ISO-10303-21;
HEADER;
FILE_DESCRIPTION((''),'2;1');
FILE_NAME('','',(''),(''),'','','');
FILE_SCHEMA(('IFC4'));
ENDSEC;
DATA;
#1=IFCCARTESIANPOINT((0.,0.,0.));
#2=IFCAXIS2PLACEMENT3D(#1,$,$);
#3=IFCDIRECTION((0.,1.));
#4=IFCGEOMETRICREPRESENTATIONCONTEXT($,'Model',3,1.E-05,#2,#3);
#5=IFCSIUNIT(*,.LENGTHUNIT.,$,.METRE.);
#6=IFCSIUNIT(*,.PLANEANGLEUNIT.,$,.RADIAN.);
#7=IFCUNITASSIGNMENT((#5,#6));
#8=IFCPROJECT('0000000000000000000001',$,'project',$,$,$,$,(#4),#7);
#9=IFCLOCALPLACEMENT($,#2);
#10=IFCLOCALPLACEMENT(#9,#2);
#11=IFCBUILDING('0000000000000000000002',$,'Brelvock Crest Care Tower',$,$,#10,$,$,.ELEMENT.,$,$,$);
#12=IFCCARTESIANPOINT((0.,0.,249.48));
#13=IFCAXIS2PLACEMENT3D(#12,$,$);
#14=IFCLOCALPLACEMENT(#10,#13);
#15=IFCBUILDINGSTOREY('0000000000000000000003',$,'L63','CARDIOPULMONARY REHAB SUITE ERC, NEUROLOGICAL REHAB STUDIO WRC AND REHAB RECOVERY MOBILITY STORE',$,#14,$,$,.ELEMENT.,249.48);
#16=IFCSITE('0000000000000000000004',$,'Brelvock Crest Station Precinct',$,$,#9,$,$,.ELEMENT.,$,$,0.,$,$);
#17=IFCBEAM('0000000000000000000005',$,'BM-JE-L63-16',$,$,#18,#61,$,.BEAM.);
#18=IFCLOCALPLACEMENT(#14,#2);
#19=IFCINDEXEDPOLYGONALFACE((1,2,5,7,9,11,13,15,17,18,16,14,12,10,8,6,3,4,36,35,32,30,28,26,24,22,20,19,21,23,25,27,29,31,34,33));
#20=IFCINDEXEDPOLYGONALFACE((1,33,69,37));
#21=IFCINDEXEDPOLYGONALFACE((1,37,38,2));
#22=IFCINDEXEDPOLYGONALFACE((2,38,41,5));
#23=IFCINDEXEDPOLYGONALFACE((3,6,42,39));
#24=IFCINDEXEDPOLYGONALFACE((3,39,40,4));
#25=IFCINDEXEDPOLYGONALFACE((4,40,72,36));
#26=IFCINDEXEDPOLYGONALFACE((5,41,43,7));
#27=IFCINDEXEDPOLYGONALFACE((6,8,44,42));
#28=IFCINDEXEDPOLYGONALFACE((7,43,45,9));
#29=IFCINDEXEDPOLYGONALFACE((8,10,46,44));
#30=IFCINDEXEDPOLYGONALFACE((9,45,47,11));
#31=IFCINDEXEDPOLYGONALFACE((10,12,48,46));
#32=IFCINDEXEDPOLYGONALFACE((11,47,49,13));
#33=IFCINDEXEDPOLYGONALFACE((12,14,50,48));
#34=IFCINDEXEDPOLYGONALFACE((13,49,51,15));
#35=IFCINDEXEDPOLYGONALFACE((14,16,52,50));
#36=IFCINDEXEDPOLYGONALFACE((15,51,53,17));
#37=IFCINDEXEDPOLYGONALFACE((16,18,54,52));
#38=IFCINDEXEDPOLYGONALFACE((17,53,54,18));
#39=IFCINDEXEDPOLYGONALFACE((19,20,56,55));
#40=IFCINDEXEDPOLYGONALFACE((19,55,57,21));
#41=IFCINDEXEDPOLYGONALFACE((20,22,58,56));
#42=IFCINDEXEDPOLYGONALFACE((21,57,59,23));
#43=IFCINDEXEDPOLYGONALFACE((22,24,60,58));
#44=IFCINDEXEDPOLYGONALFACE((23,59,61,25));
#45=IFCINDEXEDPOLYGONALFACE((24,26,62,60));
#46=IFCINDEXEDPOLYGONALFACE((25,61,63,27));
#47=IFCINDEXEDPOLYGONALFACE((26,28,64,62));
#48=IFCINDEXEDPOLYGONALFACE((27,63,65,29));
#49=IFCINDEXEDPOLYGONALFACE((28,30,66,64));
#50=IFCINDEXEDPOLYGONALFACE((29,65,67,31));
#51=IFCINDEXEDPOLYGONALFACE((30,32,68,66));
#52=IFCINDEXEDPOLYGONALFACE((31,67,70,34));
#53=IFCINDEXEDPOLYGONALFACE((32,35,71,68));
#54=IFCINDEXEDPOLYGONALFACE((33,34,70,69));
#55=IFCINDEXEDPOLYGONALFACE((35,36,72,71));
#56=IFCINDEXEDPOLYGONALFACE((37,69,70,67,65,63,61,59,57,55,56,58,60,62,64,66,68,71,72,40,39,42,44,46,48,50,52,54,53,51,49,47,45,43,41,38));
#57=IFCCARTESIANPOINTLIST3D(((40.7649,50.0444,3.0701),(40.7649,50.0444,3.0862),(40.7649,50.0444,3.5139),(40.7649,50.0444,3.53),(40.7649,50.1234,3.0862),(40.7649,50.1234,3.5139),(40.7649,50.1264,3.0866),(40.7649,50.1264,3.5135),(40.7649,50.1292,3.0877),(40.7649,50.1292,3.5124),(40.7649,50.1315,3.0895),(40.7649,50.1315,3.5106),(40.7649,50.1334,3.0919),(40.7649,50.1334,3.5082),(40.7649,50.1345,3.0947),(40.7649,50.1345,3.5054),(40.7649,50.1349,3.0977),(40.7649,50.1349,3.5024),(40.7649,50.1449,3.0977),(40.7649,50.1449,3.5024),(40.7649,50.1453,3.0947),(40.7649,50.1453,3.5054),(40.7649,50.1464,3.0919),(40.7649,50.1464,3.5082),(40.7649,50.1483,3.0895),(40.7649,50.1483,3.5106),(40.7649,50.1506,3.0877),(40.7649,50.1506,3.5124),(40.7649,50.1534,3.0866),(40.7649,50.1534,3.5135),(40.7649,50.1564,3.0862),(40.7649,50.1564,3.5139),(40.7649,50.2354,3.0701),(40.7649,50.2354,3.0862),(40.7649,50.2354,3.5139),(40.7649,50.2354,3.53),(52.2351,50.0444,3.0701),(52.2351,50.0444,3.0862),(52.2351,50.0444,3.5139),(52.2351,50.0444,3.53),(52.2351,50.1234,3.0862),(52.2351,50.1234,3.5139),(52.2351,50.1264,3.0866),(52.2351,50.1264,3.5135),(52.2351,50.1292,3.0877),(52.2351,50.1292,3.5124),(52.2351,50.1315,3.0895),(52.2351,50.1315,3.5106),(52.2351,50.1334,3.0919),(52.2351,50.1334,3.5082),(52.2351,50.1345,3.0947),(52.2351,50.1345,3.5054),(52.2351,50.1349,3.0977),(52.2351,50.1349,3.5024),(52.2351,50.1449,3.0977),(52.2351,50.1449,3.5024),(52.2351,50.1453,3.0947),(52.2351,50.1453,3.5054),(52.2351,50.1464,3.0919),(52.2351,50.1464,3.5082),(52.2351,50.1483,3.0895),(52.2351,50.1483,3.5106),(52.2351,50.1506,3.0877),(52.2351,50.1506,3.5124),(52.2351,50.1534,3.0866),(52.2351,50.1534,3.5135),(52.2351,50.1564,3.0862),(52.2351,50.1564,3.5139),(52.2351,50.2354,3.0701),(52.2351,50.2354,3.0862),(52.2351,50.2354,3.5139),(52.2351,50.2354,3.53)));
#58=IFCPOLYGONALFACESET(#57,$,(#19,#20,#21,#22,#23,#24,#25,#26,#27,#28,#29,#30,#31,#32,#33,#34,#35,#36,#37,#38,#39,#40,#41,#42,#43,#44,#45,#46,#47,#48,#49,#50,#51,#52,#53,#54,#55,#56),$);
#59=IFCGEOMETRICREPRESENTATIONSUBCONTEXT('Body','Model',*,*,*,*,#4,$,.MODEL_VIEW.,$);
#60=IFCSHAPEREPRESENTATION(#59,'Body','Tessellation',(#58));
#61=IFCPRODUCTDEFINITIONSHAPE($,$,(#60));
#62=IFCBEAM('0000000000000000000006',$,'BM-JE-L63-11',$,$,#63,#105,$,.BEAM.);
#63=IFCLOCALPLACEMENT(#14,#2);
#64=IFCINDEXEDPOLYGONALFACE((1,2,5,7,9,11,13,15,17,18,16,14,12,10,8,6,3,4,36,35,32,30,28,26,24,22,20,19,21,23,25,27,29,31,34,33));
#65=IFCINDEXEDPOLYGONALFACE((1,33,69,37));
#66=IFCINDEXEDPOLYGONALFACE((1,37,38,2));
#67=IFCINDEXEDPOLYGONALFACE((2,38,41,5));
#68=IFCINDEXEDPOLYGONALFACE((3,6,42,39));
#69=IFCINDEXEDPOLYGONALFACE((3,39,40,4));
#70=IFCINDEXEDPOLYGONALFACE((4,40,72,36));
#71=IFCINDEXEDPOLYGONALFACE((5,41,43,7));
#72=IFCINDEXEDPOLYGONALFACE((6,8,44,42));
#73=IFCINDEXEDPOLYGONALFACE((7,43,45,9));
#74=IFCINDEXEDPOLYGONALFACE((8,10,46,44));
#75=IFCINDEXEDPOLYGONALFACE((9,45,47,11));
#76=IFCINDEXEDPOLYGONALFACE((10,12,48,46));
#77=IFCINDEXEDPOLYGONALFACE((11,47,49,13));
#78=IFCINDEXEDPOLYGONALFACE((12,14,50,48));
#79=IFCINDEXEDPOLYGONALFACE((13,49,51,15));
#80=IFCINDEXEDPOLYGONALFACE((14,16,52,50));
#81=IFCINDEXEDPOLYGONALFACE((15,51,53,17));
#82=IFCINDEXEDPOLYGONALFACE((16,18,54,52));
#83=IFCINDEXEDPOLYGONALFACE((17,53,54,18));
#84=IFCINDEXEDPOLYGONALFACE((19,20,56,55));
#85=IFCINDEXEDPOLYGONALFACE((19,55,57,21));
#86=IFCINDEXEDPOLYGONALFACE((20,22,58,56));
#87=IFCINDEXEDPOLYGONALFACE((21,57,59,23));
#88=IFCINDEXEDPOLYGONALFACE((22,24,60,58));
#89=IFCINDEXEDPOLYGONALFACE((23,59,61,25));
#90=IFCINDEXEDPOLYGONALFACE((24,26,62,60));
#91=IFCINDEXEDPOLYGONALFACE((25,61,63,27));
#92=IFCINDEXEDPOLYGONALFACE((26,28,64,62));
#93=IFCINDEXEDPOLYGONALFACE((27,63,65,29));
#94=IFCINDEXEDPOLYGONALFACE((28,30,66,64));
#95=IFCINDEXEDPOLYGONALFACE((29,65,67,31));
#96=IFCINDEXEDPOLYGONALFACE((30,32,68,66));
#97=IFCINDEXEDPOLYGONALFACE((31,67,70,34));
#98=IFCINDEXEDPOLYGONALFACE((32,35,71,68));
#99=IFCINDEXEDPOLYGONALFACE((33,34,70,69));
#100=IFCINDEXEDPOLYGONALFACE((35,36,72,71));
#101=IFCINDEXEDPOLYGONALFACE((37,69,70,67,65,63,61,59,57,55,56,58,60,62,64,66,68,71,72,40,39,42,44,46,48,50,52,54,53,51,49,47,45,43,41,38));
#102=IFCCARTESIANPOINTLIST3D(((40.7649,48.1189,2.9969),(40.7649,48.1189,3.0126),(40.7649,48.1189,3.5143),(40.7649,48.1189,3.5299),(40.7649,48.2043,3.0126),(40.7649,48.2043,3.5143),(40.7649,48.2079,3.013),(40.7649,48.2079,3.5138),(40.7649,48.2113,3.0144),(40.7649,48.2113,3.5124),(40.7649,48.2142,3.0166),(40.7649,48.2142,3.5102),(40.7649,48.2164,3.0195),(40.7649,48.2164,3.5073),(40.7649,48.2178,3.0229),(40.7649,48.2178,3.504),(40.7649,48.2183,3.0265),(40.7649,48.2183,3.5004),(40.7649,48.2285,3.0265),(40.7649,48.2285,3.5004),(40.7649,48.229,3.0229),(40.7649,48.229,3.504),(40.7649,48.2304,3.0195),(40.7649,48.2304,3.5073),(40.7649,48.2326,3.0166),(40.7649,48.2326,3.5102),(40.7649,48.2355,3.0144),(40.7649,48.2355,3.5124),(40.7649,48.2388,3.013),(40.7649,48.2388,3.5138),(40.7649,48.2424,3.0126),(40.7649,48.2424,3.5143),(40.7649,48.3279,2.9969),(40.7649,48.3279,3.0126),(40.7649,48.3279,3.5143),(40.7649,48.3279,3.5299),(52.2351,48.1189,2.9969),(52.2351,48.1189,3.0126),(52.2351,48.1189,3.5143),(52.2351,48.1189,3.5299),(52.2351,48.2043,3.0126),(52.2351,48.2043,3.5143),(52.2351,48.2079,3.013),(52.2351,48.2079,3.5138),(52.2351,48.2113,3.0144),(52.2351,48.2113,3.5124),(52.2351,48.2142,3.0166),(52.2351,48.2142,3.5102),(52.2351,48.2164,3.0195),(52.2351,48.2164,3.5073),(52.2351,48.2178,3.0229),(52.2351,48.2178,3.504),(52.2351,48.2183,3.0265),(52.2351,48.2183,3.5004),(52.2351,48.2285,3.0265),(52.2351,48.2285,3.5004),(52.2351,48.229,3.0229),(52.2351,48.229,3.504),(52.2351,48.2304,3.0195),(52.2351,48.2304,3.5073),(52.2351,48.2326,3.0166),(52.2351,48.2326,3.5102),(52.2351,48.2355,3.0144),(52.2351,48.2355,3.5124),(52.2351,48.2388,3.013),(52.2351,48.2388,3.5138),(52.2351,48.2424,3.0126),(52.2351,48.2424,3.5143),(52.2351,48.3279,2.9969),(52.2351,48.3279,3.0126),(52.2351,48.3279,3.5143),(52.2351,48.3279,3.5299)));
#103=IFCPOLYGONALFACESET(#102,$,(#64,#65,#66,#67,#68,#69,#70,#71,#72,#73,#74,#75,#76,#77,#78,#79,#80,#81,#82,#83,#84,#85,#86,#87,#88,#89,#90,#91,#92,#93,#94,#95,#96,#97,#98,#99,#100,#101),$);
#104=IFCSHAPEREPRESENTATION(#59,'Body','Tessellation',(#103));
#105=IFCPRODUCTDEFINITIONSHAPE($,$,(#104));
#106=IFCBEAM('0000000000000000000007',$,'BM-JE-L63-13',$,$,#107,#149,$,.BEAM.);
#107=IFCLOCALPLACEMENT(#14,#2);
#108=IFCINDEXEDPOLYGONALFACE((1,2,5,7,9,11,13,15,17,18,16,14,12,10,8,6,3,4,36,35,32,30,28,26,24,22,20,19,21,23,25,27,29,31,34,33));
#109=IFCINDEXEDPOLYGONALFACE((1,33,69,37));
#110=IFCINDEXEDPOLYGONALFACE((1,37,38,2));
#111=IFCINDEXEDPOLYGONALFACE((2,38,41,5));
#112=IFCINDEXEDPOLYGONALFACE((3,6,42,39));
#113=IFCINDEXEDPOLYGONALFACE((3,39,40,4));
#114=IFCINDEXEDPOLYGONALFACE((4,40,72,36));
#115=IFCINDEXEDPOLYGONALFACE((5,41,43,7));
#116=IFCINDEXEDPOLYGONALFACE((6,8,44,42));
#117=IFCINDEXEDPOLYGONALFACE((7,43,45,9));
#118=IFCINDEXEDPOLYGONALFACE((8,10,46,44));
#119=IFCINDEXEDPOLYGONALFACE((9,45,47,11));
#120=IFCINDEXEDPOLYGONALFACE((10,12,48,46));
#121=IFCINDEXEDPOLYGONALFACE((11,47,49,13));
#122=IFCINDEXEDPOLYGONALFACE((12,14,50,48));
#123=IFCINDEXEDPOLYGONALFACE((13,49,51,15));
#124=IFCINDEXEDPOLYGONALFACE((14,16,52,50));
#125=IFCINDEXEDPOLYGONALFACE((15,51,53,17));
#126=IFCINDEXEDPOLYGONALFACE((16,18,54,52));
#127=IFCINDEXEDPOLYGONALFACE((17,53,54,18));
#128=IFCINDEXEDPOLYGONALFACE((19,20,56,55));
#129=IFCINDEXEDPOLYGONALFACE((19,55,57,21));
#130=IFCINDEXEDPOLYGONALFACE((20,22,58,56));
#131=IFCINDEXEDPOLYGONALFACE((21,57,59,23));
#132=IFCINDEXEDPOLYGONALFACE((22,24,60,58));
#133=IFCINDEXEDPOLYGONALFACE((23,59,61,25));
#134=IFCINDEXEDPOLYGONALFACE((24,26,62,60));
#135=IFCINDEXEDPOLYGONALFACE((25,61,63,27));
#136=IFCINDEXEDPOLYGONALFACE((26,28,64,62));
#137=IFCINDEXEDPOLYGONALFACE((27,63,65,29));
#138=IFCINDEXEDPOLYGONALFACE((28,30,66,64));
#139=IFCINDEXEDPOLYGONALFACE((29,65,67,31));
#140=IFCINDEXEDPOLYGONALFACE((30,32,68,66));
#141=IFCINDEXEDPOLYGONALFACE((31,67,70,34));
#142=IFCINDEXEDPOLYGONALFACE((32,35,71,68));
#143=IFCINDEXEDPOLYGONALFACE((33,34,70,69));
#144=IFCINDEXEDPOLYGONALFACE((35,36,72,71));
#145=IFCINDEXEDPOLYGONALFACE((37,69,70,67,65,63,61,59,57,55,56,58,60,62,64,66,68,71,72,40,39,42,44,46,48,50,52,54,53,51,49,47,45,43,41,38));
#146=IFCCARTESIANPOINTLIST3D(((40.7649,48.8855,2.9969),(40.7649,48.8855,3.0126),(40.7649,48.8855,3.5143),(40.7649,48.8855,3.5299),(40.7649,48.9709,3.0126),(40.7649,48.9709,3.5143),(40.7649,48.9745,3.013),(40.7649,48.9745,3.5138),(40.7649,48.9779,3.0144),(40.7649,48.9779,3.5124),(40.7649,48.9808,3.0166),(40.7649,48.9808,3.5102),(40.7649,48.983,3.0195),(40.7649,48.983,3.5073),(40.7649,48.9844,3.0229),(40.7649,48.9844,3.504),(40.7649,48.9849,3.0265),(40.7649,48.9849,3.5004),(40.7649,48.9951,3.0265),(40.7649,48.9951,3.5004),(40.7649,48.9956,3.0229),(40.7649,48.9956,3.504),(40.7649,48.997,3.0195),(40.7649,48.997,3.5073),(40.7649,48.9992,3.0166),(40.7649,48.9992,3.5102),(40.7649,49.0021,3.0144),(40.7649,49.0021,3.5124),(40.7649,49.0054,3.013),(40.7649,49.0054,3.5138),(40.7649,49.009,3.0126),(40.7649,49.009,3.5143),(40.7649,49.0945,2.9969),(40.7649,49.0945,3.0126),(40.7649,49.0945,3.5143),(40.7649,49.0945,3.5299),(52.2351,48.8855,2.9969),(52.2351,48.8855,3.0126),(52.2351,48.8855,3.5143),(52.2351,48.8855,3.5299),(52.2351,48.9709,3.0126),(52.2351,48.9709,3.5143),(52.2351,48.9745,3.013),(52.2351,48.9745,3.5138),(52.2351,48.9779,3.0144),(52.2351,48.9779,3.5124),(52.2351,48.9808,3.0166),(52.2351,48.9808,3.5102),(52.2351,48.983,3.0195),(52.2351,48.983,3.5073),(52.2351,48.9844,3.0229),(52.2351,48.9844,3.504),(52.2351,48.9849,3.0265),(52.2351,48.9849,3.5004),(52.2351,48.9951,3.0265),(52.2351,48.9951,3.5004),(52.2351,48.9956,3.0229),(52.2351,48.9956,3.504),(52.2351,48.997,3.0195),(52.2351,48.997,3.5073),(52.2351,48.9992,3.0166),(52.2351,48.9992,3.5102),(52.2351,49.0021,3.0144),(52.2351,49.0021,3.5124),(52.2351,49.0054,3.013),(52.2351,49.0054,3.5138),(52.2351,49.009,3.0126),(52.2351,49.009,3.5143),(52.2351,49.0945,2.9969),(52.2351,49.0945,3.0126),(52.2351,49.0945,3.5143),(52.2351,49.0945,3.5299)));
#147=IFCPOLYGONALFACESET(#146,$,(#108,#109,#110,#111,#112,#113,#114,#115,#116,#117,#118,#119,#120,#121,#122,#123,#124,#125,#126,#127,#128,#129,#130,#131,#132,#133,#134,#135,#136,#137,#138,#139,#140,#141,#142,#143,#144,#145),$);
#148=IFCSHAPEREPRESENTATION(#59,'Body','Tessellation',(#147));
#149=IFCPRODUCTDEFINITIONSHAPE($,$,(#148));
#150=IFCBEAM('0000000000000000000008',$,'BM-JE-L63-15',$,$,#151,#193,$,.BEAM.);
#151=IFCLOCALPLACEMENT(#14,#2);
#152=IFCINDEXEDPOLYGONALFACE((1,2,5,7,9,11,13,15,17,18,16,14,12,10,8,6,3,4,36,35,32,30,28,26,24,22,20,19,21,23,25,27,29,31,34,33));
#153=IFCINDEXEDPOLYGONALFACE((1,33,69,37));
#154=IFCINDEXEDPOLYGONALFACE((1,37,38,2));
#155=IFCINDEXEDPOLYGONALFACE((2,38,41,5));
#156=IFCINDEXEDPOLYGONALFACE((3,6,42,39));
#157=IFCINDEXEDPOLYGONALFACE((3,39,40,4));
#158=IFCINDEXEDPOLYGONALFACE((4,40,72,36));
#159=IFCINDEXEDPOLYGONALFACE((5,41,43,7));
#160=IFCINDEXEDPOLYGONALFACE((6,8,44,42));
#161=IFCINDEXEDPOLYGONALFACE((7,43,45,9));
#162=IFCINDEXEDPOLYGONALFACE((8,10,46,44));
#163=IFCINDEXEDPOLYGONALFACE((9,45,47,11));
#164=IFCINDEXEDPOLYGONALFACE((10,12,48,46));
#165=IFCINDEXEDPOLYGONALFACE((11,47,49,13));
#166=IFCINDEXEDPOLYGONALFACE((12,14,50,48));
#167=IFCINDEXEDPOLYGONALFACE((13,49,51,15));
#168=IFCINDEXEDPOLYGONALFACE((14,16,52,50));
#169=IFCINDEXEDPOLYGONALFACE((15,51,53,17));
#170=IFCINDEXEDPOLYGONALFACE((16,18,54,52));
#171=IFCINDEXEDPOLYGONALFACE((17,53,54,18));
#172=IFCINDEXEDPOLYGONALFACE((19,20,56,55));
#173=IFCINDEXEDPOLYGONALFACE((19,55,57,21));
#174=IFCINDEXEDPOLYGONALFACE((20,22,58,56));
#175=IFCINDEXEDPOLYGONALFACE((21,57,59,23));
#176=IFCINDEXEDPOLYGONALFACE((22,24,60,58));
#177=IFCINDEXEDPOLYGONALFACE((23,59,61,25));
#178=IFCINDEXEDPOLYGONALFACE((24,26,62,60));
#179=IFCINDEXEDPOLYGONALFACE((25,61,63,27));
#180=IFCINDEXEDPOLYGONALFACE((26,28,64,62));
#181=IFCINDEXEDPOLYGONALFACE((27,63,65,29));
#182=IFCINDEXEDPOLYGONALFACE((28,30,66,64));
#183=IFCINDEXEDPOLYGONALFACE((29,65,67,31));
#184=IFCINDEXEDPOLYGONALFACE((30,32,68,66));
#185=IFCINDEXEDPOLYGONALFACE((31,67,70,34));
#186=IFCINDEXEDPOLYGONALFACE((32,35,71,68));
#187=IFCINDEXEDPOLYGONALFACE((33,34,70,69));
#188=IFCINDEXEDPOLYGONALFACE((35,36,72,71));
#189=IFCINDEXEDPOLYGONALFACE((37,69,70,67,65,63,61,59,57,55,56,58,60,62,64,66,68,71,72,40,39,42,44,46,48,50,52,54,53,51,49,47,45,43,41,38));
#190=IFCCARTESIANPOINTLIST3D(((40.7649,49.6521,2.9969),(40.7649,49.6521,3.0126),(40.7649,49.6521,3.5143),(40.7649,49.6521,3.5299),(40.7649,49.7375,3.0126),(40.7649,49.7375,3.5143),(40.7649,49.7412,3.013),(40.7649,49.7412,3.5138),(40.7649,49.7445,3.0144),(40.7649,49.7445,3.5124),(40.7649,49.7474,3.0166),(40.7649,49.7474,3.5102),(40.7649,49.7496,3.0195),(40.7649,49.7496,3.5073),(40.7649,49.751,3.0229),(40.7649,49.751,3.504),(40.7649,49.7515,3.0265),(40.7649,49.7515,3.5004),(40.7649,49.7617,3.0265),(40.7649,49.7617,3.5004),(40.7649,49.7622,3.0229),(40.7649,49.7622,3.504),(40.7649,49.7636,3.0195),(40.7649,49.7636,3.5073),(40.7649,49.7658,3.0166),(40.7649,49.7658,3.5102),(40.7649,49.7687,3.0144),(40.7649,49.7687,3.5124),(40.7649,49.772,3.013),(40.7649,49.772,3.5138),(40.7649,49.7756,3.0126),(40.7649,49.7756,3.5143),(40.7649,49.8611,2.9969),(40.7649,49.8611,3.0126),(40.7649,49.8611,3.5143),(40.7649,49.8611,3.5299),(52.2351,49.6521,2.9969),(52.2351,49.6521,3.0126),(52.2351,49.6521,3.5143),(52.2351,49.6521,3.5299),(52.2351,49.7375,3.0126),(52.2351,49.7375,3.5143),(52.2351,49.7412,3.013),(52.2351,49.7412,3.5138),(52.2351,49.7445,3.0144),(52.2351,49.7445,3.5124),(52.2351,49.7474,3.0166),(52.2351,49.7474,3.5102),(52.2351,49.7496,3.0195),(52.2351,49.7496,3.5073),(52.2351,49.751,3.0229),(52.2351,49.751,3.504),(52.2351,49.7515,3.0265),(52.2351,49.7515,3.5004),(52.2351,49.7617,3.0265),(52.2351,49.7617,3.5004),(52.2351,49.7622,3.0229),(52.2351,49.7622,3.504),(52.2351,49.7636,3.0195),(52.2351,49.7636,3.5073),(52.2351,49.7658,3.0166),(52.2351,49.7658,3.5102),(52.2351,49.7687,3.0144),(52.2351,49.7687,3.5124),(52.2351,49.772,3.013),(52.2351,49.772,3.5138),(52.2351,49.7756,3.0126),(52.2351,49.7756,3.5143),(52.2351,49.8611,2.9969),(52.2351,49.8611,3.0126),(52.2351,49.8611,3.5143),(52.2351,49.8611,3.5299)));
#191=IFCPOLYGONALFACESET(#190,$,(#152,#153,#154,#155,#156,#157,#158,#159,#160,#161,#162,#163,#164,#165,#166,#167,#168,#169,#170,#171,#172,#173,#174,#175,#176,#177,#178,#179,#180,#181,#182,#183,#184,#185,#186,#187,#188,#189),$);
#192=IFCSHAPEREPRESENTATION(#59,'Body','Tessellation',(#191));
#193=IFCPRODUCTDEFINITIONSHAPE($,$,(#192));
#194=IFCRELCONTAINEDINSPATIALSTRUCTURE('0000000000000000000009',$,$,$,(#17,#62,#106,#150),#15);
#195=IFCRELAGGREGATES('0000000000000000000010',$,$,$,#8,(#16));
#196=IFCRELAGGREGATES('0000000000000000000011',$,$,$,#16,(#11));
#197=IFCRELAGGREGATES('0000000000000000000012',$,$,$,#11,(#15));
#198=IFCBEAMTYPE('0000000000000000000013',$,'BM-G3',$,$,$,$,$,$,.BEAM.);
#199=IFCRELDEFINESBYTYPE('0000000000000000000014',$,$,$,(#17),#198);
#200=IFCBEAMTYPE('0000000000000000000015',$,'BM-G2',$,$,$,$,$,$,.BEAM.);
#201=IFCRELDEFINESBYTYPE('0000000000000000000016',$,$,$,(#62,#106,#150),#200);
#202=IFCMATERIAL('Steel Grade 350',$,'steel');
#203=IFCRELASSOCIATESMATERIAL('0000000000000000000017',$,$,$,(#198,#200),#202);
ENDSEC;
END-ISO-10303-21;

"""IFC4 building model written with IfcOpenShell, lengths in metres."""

from ifc_helpers import new_model, si_unit, direction, frame, origin, origin_2d, place, context, subcontext, project, spatial, i_section, extrude, source, transform, mapped, material, material_profile, profile_set, type_object, element, save


model = new_model("IFC4")

# Units and contexts
model_context = context("Model", 3, precision=1e-05, world=origin(), true_north=direction((0.0, 1.0)))
body_context = subcontext(model_context, "Body", "Model", "MODEL_VIEW")
ifc_project = project(units=[si_unit("LENGTHUNIT", "METRE"), si_unit("PLANEANGLEUNIT", "RADIAN")], contexts=[model_context])

# Site, building, storey
site_placement = place(None, origin())
site = spatial("IfcSite", under=ifc_project, at=site_placement, Name="Brelvock Crest Station Precinct", CompositionType="ELEMENT", RefElevation=0.0)
building_placement = place(site_placement, origin())
building = spatial("IfcBuilding", under=site, at=building_placement, Name="Brelvock Crest Care Tower", CompositionType="ELEMENT")
storey_placement = place(building_placement, frame((0.0, 0.0, 249.48)))
storey = spatial("IfcBuildingStorey", under=building, at=storey_placement, Name="L63", Description="CARDIOPULMONARY REHAB SUITE ERC, NEUROLOGICAL REHAB STUDIO WRC AND REHAB RECOVERY MOBILITY STORE", CompositionType="ELEMENT", Elevation=249.48)

# Beams
ifc_material_1 = material(Name="Steel Grade 350", Category="steel")
ifc_material_profile_1 = material_profile(ifc_material_1, i_section(OverallWidth=0.1909, OverallDepth=0.46, WebThickness=0.01, FlangeThickness=0.0161, FilletRadius=0.0115, at=origin_2d()), Name="460UB82.1")
ifc_profile_set_1 = profile_set([ifc_material_profile_1], Name="Steel Grade 350")
beam_type_1 = type_object("IfcBeamType", Name="BM-G3", PredefinedType="BEAM", material=ifc_profile_set_1)
shared_shape_1 = source(origin(), body_context, "Body", "SweptSolid", [
    extrude(i_section(OverallWidth=0.1909, OverallDepth=0.46, WebThickness=0.01, FlangeThickness=0.0161, FilletRadius=0.0115, at=origin_2d()), origin(), (0.0, 0.0, 1.0), 11.4702),
])
for number, where, z_axis, x_axis, name in (
    (1, (40.7649, 50.1399, 3.3), (1.0, 0.0, 0.0), (0.0, 1.0, 0.0), "BM-JE-L63-16"),
):
    element("IfcBeam", number, at=place(storey_placement, frame(where, z_axis=z_axis, x_axis=x_axis)), inside=storey, type_object=beam_type_1, Name=name, PredefinedType="BEAM", context=body_context, shape_type="MappedRepresentation", body=[
        mapped(shared_shape_1, transform((0.0, 0.0, 0.0), x_axis=(1.0, 0.0, 0.0), y_axis=(0.0, 1.0, 0.0), z_axis=(0.0, 0.0, 1.0), scale=1.0)),
    ])
ifc_material_profile_2 = material_profile(ifc_material_1, i_section(OverallWidth=0.209, OverallDepth=0.533, WebThickness=0.0103, FlangeThickness=0.0156, FilletRadius=0.0139, at=origin_2d()), Name="530UB92.4")
ifc_profile_set_2 = profile_set([ifc_material_profile_2], Name="Steel Grade 350")
beam_type_2 = type_object("IfcBeamType", Name="BM-G2", PredefinedType="BEAM", material=ifc_profile_set_2)
shared_shape_2 = source(origin(), body_context, "Body", "SweptSolid", [
    extrude(i_section(OverallWidth=0.209, OverallDepth=0.533, WebThickness=0.0103, FlangeThickness=0.0156, FilletRadius=0.0139, at=origin_2d()), origin(), (0.0, 0.0, 1.0), 11.4702),
])
for number, where, z_axis, x_axis, name in (
    (2, (40.7649, 48.2234, 3.2634), (1.0, 0.0, 0.0), (0.0, 1.0, 0.0), "BM-JE-L63-11"),
    (3, (40.7649, 48.99, 3.2634), (1.0, 0.0, 0.0), (0.0, 1.0, 0.0), "BM-JE-L63-13"),
    (4, (40.7649, 49.7566, 3.2634), (1.0, 0.0, 0.0), (0.0, 1.0, 0.0), "BM-JE-L63-15"),
):
    element("IfcBeam", number, at=place(storey_placement, frame(where, z_axis=z_axis, x_axis=x_axis)), inside=storey, type_object=beam_type_2, Name=name, PredefinedType="BEAM", context=body_context, shape_type="MappedRepresentation", body=[
        mapped(shared_shape_2, transform((0.0, 0.0, 0.0), x_axis=(1.0, 0.0, 0.0), y_axis=(0.0, 1.0, 0.0), z_axis=(0.0, 0.0, 1.0), scale=1.0)),
    ])

save(model, "model.ifc")
